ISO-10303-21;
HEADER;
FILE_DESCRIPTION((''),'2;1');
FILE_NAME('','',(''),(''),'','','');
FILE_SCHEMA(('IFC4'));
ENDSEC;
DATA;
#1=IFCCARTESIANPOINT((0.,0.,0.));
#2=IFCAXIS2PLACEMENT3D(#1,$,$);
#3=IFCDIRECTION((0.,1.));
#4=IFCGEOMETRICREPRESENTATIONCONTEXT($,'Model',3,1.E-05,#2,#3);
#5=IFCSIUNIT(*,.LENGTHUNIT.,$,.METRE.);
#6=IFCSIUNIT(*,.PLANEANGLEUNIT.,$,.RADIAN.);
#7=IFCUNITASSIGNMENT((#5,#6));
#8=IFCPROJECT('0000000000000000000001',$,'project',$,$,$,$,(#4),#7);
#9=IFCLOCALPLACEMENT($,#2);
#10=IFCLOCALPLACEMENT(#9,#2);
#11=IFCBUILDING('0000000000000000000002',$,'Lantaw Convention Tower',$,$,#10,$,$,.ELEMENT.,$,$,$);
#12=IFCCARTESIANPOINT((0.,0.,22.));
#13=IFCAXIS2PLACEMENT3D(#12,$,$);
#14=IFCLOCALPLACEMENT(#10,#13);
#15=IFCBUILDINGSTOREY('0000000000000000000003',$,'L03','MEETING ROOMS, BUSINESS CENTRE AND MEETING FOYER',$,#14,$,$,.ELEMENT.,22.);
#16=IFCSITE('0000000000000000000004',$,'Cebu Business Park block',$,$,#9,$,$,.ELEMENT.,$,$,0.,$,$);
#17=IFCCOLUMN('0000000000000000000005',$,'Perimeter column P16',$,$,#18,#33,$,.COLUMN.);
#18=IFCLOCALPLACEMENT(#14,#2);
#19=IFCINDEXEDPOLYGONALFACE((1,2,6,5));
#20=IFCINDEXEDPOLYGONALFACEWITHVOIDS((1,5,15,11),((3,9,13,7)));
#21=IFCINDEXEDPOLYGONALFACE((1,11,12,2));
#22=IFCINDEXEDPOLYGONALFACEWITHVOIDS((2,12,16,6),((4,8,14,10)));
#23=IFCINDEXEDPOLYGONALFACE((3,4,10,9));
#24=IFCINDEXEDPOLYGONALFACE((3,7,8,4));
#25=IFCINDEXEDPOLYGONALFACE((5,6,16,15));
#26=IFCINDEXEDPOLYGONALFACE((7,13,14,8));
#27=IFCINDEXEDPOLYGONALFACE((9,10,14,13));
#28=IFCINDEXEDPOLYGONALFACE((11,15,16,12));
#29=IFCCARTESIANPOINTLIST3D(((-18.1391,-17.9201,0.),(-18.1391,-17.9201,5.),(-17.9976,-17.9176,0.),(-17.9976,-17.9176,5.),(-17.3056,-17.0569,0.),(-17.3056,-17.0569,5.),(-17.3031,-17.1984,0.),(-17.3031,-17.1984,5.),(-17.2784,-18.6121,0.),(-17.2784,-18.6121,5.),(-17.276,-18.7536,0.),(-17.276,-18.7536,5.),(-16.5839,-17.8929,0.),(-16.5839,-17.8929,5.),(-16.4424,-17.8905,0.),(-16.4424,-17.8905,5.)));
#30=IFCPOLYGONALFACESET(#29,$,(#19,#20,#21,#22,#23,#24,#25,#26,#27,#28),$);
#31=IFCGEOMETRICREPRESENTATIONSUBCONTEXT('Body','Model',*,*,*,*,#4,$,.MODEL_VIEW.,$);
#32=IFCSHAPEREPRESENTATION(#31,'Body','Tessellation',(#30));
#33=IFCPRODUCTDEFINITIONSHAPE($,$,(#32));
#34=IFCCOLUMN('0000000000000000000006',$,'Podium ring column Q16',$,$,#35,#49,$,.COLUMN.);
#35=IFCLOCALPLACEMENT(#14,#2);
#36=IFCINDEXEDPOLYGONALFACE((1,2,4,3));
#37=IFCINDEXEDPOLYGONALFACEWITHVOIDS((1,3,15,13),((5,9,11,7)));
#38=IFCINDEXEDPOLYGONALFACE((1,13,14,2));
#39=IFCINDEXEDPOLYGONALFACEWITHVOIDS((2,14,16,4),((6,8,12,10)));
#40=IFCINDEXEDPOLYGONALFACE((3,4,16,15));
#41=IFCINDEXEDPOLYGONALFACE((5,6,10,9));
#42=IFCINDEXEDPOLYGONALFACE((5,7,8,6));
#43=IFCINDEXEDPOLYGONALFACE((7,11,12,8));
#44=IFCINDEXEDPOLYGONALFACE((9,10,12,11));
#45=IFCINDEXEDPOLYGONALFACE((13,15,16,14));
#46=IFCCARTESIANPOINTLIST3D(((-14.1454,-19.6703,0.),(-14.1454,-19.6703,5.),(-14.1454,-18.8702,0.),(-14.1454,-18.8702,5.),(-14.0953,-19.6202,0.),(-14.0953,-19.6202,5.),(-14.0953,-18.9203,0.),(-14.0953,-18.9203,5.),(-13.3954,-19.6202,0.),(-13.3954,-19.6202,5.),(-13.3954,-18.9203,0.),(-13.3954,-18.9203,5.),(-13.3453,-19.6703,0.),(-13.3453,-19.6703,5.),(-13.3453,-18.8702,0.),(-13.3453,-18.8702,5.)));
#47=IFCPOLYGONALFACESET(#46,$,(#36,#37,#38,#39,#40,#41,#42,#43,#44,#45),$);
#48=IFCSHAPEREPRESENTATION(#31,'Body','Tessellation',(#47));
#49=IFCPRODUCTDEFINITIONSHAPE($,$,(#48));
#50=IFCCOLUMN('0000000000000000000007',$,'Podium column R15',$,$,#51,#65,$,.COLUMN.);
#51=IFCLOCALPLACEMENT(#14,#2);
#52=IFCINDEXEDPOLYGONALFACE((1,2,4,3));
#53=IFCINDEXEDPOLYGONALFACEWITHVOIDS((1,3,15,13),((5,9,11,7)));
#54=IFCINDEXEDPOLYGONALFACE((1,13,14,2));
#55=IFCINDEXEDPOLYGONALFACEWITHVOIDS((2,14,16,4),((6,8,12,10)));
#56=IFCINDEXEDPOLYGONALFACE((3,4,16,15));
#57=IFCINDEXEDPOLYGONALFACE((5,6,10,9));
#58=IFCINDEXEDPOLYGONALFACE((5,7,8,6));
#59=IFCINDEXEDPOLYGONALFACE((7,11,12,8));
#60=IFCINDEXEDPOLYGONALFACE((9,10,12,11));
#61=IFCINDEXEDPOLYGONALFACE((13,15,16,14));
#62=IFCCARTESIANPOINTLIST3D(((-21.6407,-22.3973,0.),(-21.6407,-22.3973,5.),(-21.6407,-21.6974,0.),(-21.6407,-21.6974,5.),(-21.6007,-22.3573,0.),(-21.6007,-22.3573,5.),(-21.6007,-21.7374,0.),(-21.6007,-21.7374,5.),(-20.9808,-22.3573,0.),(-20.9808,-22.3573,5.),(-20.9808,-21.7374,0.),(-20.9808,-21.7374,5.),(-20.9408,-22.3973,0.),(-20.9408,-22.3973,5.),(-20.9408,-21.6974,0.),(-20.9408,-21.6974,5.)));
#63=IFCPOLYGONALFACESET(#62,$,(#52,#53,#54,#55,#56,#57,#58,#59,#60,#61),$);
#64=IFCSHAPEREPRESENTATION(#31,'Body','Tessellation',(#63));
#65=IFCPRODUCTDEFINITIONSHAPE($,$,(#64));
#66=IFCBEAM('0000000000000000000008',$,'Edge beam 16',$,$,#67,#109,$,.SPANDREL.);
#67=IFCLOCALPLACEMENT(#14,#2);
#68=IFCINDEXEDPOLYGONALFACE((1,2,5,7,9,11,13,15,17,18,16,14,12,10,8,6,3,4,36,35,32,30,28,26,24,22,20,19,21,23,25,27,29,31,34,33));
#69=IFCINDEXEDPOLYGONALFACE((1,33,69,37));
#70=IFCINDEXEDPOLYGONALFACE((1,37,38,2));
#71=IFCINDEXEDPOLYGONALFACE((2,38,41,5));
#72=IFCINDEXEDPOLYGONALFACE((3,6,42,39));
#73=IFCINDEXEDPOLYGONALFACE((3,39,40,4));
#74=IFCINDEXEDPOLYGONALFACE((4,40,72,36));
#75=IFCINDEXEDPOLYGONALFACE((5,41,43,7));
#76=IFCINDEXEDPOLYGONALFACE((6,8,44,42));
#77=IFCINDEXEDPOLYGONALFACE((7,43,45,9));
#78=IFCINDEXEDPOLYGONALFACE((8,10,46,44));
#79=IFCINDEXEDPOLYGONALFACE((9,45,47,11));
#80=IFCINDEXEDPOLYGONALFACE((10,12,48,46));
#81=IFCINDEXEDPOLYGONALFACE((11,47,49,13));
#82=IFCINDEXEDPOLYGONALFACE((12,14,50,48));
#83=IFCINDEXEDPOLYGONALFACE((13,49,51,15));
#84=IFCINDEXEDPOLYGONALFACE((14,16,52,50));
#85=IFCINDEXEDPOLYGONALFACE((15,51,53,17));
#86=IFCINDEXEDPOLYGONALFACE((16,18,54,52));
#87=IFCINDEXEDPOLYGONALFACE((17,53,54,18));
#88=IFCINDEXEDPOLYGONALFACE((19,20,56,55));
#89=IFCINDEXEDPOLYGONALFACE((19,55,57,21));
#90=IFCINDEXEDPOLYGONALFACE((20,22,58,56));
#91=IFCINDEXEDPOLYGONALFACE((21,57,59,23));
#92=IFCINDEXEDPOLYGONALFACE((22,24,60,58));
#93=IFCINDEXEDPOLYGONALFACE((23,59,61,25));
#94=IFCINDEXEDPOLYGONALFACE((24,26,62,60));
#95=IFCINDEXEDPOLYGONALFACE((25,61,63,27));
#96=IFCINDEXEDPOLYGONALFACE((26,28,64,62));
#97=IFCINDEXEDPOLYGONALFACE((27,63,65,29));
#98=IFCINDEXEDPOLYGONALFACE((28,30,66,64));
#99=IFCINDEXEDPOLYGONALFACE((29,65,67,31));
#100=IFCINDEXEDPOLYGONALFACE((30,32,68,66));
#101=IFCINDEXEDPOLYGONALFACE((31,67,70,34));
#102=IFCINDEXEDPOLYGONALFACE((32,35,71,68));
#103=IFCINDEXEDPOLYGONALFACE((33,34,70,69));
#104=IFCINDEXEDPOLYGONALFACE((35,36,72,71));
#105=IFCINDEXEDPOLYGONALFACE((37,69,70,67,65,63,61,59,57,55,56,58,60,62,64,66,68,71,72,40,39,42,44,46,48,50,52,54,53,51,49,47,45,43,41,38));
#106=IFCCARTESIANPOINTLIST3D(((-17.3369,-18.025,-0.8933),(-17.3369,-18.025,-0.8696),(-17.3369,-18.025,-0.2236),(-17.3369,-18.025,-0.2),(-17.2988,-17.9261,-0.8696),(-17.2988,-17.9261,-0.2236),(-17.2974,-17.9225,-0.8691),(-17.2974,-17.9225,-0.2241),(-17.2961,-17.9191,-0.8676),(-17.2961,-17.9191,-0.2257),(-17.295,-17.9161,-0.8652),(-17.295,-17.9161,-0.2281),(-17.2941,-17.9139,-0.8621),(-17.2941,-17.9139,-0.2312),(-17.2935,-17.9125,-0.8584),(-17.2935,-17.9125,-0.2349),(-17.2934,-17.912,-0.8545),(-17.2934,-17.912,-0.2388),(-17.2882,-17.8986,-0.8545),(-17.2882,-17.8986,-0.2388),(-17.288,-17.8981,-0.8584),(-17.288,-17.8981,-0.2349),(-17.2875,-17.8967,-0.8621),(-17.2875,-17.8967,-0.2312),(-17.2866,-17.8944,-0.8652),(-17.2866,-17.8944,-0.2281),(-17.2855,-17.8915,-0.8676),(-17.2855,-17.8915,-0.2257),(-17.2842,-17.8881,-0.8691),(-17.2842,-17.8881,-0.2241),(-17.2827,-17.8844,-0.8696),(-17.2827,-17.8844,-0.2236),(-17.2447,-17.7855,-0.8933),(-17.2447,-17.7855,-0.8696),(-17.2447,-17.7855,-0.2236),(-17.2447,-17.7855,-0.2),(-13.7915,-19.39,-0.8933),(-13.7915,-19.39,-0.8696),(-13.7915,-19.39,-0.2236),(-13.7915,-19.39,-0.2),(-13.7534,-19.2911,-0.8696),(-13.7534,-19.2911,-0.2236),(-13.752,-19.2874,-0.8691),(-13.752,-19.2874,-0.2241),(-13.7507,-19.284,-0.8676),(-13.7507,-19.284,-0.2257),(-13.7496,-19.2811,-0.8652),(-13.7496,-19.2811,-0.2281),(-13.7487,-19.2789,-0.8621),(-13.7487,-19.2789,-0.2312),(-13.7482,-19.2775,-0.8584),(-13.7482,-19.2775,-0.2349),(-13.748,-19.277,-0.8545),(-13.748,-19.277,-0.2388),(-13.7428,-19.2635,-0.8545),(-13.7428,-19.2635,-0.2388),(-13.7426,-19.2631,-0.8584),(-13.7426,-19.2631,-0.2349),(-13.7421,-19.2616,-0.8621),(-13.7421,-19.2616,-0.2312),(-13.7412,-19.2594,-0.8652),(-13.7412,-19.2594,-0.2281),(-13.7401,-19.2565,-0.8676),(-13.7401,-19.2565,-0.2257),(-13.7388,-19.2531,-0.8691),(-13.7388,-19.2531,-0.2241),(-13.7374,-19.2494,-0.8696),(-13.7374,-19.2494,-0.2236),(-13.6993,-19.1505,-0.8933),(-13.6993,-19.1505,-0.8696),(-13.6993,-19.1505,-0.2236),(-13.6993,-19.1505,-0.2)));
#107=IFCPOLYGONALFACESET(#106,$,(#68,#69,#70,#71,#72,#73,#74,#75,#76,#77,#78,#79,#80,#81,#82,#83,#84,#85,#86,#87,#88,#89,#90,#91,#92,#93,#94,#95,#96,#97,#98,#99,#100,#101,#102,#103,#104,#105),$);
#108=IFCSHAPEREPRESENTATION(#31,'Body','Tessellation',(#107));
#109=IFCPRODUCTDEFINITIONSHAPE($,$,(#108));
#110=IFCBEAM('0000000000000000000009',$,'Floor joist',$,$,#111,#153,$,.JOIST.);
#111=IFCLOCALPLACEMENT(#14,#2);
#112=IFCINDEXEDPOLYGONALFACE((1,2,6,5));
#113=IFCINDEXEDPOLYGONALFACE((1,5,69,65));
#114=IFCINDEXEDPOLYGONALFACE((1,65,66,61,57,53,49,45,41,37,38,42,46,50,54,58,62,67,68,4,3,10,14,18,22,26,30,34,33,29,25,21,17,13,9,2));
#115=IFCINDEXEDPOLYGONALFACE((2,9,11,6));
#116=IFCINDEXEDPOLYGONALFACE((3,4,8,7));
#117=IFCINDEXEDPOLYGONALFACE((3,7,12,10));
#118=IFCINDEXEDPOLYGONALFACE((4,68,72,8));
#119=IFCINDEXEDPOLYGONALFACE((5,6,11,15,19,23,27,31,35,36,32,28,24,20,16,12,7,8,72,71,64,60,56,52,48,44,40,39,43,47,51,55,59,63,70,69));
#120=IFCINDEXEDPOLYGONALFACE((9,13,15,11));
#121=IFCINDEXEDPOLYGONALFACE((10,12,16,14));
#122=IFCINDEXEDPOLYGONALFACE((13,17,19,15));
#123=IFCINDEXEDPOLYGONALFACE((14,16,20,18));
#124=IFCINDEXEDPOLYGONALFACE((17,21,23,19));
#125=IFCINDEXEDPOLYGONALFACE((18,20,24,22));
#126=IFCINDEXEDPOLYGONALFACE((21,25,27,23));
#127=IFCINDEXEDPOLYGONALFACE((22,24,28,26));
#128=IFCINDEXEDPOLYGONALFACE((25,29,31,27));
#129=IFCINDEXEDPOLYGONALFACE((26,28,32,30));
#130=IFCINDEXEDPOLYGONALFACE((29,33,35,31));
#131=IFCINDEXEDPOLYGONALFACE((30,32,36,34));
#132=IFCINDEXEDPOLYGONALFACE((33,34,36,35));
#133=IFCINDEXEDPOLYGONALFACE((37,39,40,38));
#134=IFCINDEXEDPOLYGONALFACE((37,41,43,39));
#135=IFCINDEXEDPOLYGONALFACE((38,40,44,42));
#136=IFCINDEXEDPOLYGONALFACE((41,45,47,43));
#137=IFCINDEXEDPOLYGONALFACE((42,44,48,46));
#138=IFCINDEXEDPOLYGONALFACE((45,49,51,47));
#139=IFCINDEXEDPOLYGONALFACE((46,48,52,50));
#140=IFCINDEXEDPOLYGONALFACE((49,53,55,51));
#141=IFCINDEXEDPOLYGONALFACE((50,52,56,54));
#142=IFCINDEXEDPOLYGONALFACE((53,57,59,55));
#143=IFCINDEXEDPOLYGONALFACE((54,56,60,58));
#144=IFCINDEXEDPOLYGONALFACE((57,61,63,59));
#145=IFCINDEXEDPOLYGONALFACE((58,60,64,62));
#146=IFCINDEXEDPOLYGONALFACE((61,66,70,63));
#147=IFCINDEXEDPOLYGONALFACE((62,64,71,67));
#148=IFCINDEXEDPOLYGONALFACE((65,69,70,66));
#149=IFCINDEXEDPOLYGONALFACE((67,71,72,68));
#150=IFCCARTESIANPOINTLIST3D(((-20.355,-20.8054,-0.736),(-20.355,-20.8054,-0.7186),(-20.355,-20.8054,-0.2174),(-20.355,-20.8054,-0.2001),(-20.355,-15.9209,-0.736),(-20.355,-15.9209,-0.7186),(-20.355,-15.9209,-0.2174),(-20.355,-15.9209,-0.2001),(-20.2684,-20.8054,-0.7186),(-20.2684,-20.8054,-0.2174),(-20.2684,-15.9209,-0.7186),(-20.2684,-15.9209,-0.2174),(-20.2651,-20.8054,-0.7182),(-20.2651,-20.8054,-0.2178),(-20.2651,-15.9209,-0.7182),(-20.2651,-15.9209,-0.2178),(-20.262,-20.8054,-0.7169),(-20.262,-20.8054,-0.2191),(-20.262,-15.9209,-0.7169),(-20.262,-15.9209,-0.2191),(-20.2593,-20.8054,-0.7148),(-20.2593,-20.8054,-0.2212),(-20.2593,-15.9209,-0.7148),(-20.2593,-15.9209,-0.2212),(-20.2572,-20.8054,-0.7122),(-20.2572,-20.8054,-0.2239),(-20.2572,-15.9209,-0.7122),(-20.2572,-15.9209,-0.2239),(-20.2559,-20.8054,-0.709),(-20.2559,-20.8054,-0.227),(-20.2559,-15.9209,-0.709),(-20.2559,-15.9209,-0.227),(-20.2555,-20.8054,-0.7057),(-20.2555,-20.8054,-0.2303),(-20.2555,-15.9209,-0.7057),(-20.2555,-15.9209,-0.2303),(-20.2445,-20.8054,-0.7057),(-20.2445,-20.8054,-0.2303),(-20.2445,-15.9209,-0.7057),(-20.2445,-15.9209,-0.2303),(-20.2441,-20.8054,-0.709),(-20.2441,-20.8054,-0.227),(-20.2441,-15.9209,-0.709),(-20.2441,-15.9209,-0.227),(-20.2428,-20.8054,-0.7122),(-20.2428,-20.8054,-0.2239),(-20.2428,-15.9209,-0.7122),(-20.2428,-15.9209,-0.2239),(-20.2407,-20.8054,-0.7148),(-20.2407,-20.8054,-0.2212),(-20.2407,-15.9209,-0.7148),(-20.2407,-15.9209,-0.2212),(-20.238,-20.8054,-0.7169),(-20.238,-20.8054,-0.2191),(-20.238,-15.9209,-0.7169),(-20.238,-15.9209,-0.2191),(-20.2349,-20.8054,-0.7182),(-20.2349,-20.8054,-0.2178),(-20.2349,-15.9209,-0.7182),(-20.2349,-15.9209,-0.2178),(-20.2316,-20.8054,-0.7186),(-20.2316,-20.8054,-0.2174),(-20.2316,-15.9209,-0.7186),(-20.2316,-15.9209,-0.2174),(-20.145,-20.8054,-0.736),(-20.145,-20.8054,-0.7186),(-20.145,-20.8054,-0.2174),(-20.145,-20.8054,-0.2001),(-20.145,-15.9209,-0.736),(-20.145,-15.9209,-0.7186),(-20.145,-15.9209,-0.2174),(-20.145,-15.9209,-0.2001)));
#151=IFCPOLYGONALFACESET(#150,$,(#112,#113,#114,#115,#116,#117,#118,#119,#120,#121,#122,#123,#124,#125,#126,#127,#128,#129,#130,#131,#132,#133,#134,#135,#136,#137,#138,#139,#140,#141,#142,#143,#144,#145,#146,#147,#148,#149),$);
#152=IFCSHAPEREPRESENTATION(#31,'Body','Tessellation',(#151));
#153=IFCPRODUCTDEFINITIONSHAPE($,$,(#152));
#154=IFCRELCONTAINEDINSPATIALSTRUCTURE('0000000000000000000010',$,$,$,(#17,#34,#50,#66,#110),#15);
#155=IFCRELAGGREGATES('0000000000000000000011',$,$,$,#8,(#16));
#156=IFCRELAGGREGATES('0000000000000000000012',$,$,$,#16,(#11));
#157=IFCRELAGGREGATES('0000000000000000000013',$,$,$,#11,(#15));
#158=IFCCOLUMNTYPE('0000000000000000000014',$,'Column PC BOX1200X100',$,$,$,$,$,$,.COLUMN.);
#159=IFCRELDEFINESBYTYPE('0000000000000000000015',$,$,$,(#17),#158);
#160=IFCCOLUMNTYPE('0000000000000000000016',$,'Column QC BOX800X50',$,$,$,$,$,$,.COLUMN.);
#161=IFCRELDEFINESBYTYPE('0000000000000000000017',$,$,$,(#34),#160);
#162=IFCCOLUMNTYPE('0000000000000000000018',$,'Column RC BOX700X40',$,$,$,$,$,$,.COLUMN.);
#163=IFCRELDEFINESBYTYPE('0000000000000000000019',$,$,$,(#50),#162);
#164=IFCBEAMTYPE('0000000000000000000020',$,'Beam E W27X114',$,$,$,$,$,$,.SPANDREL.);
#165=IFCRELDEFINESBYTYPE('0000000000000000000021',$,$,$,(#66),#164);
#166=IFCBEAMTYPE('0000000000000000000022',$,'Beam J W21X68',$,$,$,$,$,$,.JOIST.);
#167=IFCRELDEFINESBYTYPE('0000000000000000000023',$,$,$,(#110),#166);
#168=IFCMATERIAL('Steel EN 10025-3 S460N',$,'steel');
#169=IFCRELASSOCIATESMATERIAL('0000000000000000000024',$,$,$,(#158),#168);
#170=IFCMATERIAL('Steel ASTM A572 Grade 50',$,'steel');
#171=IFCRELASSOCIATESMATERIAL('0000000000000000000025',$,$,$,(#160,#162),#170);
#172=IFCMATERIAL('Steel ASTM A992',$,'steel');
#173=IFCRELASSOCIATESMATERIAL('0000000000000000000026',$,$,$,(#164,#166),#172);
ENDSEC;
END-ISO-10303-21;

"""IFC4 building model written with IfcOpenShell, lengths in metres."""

from ifc_helpers import new_model, si_unit, direction, frame, origin, origin_2d, place, context, subcontext, project, spatial, rectangle, hollow_rectangle, i_section, extrude, material, material_profile, profile_set, type_object, element, save


model = new_model("IFC4")

# Units and contexts
model_context = context("Model", 3, precision=1e-05, world=origin(), true_north=direction((0.0, 1.0)))
body_context = subcontext(model_context, "Body", "Model", "MODEL_VIEW")
ifc_project = project(units=[si_unit("LENGTHUNIT", "METRE"), si_unit("PLANEANGLEUNIT", "RADIAN")], contexts=[model_context])

# Site, building, storey
site_placement = place(None, origin())
site = spatial("IfcSite", under=ifc_project, at=site_placement, Name="Cebu Business Park block", CompositionType="ELEMENT", RefElevation=0.0)
building_placement = place(site_placement, origin())
building = spatial("IfcBuilding", under=site, at=building_placement, Name="Lantaw Convention Tower", CompositionType="ELEMENT")
storey_placement = place(building_placement, frame((0.0, 0.0, 22.0)))
storey = spatial("IfcBuildingStorey", under=building, at=storey_placement, Name="L03", Description="MEETING ROOMS, BUSINESS CENTRE AND MEETING FOYER", CompositionType="ELEMENT", Elevation=22.0)

# Columns
ifc_material_1 = material(Name="Steel EN 10025-3 S460N", Category="steel")
ifc_material_profile_1 = material_profile(ifc_material_1, hollow_rectangle(XDim=1.2, YDim=1.2, WallThickness=0.1001, at=origin_2d()), Name="BOX1200X100")
ifc_material_2 = material(Name="Concrete C60/75", Category="concrete")
ifc_material_profile_2 = material_profile(ifc_material_2, rectangle(XDim=1.0, YDim=1.0, at=origin_2d()), Name="Concrete fill of BOX1200X100")
ifc_profile_set_1 = profile_set([ifc_material_profile_1, ifc_material_profile_2], Name="Steel EN 10025-3 S460N")
column_type_1 = type_object("IfcColumnType", Name="Column PC BOX1200X100", PredefinedType="COLUMN", material=ifc_profile_set_1)
column_1_placement = place(storey_placement, frame((-17.2908, -17.9053, 0.0), z_axis=(0.0, 0.0, 1.0), x_axis=(0.694658, 0.71934, 0.0)))
element("IfcColumn", 1, at=column_1_placement, inside=storey, type_object=column_type_1, Name="Perimeter column P16", PredefinedType="COLUMN", context=body_context, shape_type="SweptSolid", body=[
    extrude(hollow_rectangle(XDim=1.2, YDim=1.2, WallThickness=0.1001, at=origin_2d()), origin(), (0.0, 0.0, 1.0), 5.0),
])
ifc_material_3 = material(Name="Steel ASTM A572 Grade 50", Category="steel")
ifc_material_profile_3 = material_profile(ifc_material_3, hollow_rectangle(XDim=0.8, YDim=0.8, WallThickness=0.05, at=origin_2d()), Name="BOX800X50")
ifc_profile_set_2 = profile_set([ifc_material_profile_3], Name="Steel ASTM A572 Grade 50")
column_type_2 = type_object("IfcColumnType", Name="Column QC BOX800X50", PredefinedType="COLUMN", material=ifc_profile_set_2)
column_2_placement = place(storey_placement, frame((-13.7454, -19.2703, 0.0), z_axis=(0.0, 0.0, 1.0), x_axis=(1.0, 0.0, 0.0)))
element("IfcColumn", 2, at=column_2_placement, inside=storey, type_object=column_type_2, Name="Podium ring column Q16", PredefinedType="COLUMN", context=body_context, shape_type="SweptSolid", body=[
    extrude(hollow_rectangle(XDim=0.8, YDim=0.8, WallThickness=0.05, at=origin_2d()), origin(), (0.0, 0.0, 1.0), 5.0),
])
ifc_material_profile_4 = material_profile(ifc_material_3, hollow_rectangle(XDim=0.7, YDim=0.7, WallThickness=0.04, at=origin_2d()), Name="BOX700X40")
ifc_profile_set_3 = profile_set([ifc_material_profile_4], Name="Steel ASTM A572 Grade 50")
column_type_3 = type_object("IfcColumnType", Name="Column RC BOX700X40", PredefinedType="COLUMN", material=ifc_profile_set_3)
column_3_placement = place(storey_placement, frame((-21.2908, -22.0474, 0.0), z_axis=(0.0, 0.0, 1.0), x_axis=(1.0, 0.0, 0.0)))
element("IfcColumn", 3, at=column_3_placement, inside=storey, type_object=column_type_3, Name="Podium column R15", PredefinedType="COLUMN", context=body_context, shape_type="SweptSolid", body=[
    extrude(hollow_rectangle(XDim=0.7, YDim=0.7, WallThickness=0.04, at=origin_2d()), origin(), (0.0, 0.0, 1.0), 5.0),
])

# Beams
ifc_material_4 = material(Name="Steel ASTM A992", Category="steel")
ifc_material_profile_5 = material_profile(ifc_material_4, i_section(OverallWidth=0.2566, OverallDepth=0.6934, WebThickness=0.0144, FlangeThickness=0.0237, FilletRadius=0.0151, at=origin_2d()), Name="W27X114")
ifc_profile_set_4 = profile_set([ifc_material_profile_5], Name="Steel ASTM A992")
beam_type_1 = type_object("IfcBeamType", Name="Beam E W27X114", PredefinedType="SPANDREL", material=ifc_profile_set_4)
beam_1_placement = place(storey_placement, frame((-17.2908, -17.9053, -0.5466), z_axis=(0.933225, -0.359293, 0.0), x_axis=(0.359293, 0.933225, 0.0)))
element("IfcBeam", 4, at=beam_1_placement, inside=storey, type_object=beam_type_1, Name="Edge beam 16", PredefinedType="SPANDREL", context=body_context, shape_type="SweptSolid", body=[
    extrude(i_section(OverallWidth=0.2566, OverallDepth=0.6934, WebThickness=0.0144, FlangeThickness=0.0237, FilletRadius=0.0151, at=origin_2d()), origin(), (0.0, 0.0, 1.0), 3.7991),
])
ifc_material_profile_6 = material_profile(ifc_material_4, i_section(OverallWidth=0.21, OverallDepth=0.5359, WebThickness=0.011, FlangeThickness=0.0173, FilletRadius=0.0129, at=origin_2d()), Name="W21X68")
ifc_profile_set_5 = profile_set([ifc_material_profile_6], Name="Steel ASTM A992")
beam_type_2 = type_object("IfcBeamType", Name="Beam J W21X68", PredefinedType="JOIST", material=ifc_profile_set_5)
beam_2_placement = place(storey_placement, frame((-20.25, -20.8054, -0.468), z_axis=(0.0, 1.0, 0.0), x_axis=(-1.0, 0.0, 0.0)))
element("IfcBeam", 5, at=beam_2_placement, inside=storey, type_object=beam_type_2, Name="Floor joist", PredefinedType="JOIST", context=body_context, shape_type="SweptSolid", body=[
    extrude(i_section(OverallWidth=0.21, OverallDepth=0.5359, WebThickness=0.011, FlangeThickness=0.0173, FilletRadius=0.0129, at=origin_2d()), origin(), (0.0, 0.0, 1.0), 4.8845),
])

save(model, "model.ifc")
